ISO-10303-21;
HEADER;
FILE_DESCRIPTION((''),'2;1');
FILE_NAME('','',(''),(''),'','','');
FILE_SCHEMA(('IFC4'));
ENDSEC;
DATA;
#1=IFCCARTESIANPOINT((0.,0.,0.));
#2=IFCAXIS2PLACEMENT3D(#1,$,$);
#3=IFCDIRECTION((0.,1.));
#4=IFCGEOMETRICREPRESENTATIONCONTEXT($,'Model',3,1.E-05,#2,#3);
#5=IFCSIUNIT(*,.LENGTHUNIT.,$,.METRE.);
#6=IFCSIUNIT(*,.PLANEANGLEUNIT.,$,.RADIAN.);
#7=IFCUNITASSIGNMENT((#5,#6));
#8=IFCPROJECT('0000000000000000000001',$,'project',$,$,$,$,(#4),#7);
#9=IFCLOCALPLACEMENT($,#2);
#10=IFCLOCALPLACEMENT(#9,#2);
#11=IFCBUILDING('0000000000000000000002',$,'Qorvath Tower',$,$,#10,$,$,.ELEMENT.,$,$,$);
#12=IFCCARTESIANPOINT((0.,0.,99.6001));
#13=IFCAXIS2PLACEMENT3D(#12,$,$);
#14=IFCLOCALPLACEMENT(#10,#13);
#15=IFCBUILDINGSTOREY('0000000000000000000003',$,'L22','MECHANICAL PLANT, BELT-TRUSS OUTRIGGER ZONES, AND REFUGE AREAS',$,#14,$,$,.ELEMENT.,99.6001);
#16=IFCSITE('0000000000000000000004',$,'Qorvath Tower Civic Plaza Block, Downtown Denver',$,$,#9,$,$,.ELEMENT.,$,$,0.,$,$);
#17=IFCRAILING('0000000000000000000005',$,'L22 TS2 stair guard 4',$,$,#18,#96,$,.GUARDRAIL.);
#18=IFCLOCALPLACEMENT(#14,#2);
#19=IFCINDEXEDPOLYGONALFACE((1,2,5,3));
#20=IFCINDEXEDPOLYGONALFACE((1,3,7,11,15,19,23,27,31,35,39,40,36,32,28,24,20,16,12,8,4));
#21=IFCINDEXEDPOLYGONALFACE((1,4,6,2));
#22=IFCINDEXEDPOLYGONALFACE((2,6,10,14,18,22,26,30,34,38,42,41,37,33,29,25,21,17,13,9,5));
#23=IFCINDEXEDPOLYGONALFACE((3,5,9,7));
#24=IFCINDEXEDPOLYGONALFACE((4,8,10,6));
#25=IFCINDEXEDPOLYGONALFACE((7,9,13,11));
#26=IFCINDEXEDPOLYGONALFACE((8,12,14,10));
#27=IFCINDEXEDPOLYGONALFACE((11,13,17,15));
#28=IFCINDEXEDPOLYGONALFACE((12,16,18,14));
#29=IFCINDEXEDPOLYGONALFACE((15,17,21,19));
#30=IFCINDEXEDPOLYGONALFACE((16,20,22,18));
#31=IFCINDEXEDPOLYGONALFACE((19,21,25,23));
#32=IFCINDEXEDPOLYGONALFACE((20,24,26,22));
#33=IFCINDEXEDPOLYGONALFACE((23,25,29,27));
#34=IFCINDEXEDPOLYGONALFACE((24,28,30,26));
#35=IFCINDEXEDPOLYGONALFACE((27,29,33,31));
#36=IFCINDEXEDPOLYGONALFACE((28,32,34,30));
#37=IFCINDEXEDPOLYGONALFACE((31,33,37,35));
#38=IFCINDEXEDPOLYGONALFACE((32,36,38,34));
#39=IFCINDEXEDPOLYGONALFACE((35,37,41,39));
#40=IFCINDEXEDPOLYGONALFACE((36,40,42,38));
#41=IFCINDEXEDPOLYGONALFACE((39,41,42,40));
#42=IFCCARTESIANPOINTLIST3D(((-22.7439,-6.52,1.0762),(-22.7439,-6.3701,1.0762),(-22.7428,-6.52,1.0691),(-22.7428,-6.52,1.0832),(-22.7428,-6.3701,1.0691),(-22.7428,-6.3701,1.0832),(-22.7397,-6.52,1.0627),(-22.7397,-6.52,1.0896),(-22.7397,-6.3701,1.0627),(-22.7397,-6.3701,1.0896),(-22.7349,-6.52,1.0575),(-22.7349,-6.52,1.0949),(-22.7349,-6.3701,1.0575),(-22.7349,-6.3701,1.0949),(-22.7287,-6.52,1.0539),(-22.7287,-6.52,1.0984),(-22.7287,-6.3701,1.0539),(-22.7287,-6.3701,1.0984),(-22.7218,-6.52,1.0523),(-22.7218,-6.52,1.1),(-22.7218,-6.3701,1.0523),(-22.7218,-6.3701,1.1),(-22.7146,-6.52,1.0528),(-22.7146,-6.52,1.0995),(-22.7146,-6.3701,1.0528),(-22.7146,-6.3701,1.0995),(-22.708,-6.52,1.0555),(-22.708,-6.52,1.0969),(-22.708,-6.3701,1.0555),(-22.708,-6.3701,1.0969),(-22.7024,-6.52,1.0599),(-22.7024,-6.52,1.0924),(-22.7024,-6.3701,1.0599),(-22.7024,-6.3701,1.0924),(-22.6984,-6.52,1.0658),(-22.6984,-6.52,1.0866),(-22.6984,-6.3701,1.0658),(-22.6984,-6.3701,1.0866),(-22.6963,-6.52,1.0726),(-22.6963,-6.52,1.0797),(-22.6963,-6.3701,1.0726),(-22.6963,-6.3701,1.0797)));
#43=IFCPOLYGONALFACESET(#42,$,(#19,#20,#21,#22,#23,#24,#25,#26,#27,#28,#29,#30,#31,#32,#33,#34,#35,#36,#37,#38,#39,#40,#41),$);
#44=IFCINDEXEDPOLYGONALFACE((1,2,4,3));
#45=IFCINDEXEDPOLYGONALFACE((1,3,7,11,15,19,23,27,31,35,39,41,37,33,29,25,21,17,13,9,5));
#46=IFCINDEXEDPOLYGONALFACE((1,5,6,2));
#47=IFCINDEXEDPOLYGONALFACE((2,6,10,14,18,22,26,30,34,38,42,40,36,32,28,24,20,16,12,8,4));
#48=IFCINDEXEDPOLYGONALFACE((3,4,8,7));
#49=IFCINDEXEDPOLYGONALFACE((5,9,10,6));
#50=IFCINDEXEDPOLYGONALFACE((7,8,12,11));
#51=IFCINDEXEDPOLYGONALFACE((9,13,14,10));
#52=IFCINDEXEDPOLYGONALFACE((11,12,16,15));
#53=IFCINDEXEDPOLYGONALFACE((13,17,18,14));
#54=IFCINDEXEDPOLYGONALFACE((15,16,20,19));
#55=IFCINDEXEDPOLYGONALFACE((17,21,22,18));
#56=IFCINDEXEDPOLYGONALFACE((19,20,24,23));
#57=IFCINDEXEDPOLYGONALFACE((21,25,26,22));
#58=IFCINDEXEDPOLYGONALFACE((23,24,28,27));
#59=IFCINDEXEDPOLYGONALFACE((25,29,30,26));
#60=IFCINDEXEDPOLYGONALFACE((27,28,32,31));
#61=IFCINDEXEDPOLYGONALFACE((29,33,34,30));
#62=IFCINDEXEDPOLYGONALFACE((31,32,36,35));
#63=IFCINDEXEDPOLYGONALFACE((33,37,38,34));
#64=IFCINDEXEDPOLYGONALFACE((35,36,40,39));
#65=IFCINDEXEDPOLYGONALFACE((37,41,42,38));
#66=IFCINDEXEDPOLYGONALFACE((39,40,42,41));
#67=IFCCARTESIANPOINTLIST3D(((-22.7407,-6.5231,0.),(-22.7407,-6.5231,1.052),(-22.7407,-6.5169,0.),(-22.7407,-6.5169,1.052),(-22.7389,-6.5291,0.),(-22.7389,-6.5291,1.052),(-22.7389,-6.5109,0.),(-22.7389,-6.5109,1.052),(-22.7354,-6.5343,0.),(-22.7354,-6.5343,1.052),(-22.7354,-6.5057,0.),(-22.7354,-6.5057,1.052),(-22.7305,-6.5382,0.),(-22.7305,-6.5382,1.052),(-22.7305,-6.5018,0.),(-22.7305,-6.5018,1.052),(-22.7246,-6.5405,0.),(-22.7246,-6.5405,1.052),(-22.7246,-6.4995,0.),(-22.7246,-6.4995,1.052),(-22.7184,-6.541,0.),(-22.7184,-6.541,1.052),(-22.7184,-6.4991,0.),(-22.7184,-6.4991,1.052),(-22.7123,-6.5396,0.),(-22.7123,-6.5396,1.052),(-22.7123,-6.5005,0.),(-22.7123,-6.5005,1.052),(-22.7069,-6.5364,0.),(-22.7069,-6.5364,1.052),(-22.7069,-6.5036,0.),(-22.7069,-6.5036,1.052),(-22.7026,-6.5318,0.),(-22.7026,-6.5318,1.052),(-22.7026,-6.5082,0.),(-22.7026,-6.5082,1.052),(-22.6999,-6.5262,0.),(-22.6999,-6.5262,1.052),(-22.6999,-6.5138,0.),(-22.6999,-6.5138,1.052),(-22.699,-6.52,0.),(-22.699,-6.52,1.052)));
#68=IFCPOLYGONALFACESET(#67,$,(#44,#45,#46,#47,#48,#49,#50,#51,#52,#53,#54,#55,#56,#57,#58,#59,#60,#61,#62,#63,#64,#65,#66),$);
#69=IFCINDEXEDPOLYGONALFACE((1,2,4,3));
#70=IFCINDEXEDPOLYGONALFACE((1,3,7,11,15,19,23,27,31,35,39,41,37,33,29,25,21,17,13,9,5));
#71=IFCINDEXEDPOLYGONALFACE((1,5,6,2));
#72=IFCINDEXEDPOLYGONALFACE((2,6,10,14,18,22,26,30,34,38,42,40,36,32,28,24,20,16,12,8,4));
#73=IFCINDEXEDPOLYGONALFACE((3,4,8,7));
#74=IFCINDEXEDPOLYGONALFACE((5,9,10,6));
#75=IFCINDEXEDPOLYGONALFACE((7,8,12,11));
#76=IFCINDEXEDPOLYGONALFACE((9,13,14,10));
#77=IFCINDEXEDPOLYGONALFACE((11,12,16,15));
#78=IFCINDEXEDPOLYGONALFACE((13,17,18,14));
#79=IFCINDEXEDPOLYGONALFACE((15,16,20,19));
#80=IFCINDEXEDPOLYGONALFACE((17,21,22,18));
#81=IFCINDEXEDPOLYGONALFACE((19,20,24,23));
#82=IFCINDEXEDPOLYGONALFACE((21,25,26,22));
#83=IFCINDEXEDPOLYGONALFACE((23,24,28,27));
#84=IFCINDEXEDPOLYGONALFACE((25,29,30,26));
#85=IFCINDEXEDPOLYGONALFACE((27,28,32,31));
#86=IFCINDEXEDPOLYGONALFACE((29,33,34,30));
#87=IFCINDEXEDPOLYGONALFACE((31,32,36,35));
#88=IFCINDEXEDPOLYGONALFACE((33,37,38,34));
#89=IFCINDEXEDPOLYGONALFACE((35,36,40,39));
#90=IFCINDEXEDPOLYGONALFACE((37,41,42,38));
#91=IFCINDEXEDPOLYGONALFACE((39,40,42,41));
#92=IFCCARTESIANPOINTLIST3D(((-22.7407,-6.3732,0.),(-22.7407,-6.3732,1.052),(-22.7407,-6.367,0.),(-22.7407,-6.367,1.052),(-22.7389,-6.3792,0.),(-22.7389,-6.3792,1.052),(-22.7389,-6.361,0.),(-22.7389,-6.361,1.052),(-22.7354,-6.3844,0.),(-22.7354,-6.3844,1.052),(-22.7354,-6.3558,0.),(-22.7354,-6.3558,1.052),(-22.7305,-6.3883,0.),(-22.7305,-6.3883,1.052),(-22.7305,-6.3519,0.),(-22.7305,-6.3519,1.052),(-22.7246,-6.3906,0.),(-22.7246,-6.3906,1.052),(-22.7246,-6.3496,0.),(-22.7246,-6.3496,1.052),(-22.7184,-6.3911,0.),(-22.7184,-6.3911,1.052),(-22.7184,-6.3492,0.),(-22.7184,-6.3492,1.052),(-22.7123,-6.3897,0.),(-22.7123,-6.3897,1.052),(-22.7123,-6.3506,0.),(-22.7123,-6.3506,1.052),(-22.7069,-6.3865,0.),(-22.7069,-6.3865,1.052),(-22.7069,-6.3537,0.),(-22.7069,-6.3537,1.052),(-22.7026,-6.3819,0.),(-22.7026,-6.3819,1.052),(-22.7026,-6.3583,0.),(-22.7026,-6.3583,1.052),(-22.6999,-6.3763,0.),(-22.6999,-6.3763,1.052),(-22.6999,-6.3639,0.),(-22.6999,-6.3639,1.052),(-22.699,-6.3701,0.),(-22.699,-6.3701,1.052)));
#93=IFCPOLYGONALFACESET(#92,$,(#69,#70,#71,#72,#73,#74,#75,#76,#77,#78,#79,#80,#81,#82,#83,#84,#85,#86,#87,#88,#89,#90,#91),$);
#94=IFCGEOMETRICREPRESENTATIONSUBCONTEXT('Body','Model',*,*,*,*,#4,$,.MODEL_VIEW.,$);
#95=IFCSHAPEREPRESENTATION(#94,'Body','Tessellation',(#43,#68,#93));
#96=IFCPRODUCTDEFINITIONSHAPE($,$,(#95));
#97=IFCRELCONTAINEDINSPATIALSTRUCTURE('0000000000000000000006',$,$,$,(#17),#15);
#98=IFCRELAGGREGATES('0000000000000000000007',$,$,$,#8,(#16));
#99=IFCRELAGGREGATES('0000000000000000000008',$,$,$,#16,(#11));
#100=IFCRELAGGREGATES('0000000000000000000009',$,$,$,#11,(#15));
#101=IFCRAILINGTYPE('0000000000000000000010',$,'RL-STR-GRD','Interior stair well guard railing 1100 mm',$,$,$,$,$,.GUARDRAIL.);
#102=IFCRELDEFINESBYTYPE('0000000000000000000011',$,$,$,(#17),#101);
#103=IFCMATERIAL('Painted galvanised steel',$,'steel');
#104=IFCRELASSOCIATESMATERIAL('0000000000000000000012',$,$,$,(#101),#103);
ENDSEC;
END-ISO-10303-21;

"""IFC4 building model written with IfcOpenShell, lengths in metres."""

from ifc_helpers import new_model, si_unit, direction, frame, origin, origin_2d, place, context, subcontext, project, spatial, circle, extrude, material, type_object, element, save


model = new_model("IFC4")

# Units and contexts
model_context = context("Model", 3, precision=1e-05, world=origin(), true_north=direction((0.0, 1.0)))
body_context = subcontext(model_context, "Body", "Model", "MODEL_VIEW")
ifc_project = project(units=[si_unit("LENGTHUNIT", "METRE"), si_unit("PLANEANGLEUNIT", "RADIAN")], contexts=[model_context])

# Site, building, storey
site_placement = place(None, origin())
site = spatial("IfcSite", under=ifc_project, at=site_placement, Name="Qorvath Tower Civic Plaza Block, Downtown Denver", CompositionType="ELEMENT", RefElevation=0.0)
building_placement = place(site_placement, origin())
building = spatial("IfcBuilding", under=site, at=building_placement, Name="Qorvath Tower", CompositionType="ELEMENT")
storey_placement = place(building_placement, frame((0.0, 0.0, 99.6001)))
storey = spatial("IfcBuildingStorey", under=building, at=storey_placement, Name="L22", Description="MECHANICAL PLANT, BELT-TRUSS OUTRIGGER ZONES, AND REFUGE AREAS", CompositionType="ELEMENT", Elevation=99.6001)

# Railing
ifc_material_1 = material(Name="Painted galvanised steel", Category="steel")
railing_type_1 = type_object("IfcRailingType", Name="RL-STR-GRD", Description="Interior stair well guard railing 1100 mm", PredefinedType="GUARDRAIL", material=ifc_material_1)
railing_1_placement = place(storey_placement, frame((-22.72, -6.52, 0.0)))
element("IfcRailing", 1, at=railing_1_placement, inside=storey, type_object=railing_type_1, Name="L22 TS2 stair guard 4", PredefinedType="GUARDRAIL", context=body_context, shape_type="SweptSolid", body=[
    extrude(circle(Radius=0.0239, at=origin_2d()), frame((0.0, 0.0, 1.0762), z_axis=(0.0, 1.0, 0.0), x_axis=(-1.0, 0.0, 0.0)), (0.0, 0.0, 1.0), 0.1499),
    extrude(circle(Radius=0.021, at=origin_2d()), origin(), (0.0, 0.0, 1.0), 1.052),
    extrude(circle(Radius=0.021, at=origin_2d()), frame((0.0, 0.1499, 0.0)), (0.0, 0.0, 1.0), 1.052),
])

save(model, "model.ifc")
